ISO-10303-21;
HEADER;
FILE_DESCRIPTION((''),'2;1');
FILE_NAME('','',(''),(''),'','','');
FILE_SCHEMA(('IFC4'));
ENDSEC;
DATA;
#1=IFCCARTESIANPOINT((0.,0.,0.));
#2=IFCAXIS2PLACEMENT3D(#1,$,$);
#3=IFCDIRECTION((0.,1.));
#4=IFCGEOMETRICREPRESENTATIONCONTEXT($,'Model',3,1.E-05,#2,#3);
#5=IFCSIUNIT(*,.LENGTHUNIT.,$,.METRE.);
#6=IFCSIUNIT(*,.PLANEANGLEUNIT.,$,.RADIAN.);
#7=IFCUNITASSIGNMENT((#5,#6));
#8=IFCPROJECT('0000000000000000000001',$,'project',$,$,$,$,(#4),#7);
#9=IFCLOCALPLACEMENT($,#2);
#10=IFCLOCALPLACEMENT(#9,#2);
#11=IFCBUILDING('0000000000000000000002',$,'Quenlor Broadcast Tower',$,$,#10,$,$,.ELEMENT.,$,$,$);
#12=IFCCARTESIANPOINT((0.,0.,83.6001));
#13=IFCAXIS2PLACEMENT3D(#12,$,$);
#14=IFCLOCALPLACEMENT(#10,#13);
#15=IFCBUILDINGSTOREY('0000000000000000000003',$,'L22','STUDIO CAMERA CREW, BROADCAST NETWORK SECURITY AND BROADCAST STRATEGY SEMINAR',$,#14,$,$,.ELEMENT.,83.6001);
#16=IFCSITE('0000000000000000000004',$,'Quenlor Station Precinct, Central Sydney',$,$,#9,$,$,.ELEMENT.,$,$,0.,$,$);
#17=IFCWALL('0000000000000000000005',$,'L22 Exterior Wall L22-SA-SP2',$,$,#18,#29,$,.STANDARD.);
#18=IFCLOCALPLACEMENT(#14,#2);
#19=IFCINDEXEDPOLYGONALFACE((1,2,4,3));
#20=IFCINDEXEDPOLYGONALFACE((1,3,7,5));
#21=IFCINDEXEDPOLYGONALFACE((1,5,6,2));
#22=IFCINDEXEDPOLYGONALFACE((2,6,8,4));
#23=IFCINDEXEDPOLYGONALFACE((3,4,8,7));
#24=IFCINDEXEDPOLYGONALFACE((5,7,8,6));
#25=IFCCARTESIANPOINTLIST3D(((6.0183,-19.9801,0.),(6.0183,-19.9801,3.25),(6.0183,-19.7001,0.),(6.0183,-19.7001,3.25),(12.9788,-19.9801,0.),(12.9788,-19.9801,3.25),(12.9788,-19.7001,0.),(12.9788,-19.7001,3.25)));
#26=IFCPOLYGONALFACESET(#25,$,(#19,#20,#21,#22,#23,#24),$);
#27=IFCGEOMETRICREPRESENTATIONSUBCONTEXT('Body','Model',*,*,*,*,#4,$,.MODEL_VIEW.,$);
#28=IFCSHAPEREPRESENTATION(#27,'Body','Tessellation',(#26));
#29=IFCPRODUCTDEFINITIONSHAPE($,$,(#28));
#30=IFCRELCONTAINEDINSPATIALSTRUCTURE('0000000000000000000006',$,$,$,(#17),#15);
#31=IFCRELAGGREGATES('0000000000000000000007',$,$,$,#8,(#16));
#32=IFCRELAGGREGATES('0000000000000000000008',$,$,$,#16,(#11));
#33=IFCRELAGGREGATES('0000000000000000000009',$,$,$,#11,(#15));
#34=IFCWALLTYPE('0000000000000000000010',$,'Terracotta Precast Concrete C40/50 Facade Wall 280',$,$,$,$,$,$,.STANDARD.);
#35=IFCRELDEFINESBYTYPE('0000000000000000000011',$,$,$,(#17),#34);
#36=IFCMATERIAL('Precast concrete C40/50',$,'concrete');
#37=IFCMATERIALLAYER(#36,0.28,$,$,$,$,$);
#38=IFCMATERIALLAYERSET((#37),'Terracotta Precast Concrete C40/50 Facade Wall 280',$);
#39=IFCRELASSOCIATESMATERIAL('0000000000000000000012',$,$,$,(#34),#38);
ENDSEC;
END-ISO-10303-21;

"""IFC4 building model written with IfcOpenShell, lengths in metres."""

from ifc_helpers import new_model, si_unit, direction, frame, frame_2d, origin, place, context, subcontext, project, spatial, rectangle, extrude, material, layer, layer_set, type_object, element, save


model = new_model("IFC4")

# Units and contexts
model_context = context("Model", 3, precision=1e-05, world=origin(), true_north=direction((0.0, 1.0)))
body_context = subcontext(model_context, "Body", "Model", "MODEL_VIEW")
ifc_project = project(units=[si_unit("LENGTHUNIT", "METRE"), si_unit("PLANEANGLEUNIT", "RADIAN")], contexts=[model_context])

# Site, building, storey
site_placement = place(None, origin())
site = spatial("IfcSite", under=ifc_project, at=site_placement, Name="Quenlor Station Precinct, Central Sydney", CompositionType="ELEMENT", RefElevation=0.0)
building_placement = place(site_placement, origin())
building = spatial("IfcBuilding", under=site, at=building_placement, Name="Quenlor Broadcast Tower", CompositionType="ELEMENT")
storey_placement = place(building_placement, frame((0.0, 0.0, 83.6001)))
storey = spatial("IfcBuildingStorey", under=building, at=storey_placement, Name="L22", Description="STUDIO CAMERA CREW, BROADCAST NETWORK SECURITY AND BROADCAST STRATEGY SEMINAR", CompositionType="ELEMENT", Elevation=83.6001)

# Wall
ifc_material_1 = material(Name="Precast concrete C40/50", Category="concrete")
ifc_layer_1 = layer(ifc_material_1, 0.28)
ifc_layer_set_1 = layer_set([ifc_layer_1], Name="Terracotta Precast Concrete C40/50 Facade Wall 280")
wall_type_1 = type_object("IfcWallType", Name="Terracotta Precast Concrete C40/50 Facade Wall 280", PredefinedType="STANDARD", material=ifc_layer_set_1)
wall_1_placement = place(storey_placement, frame((12.9788, -19.8401, 0.0), z_axis=(0.0, 0.0, 1.0), x_axis=(-1.0, 0.0, 0.0)))
element("IfcWall", 1, at=wall_1_placement, inside=storey, type_object=wall_type_1, Name="L22 Exterior Wall L22-SA-SP2", PredefinedType="STANDARD", context=body_context, shape_type="SweptSolid", body=[
    extrude(rectangle(XDim=6.9604, YDim=0.28, at=frame_2d((3.4802, 0.0))), origin(), (0.0, 0.0, 1.0), 3.25),
])

save(model, "model.ifc")
